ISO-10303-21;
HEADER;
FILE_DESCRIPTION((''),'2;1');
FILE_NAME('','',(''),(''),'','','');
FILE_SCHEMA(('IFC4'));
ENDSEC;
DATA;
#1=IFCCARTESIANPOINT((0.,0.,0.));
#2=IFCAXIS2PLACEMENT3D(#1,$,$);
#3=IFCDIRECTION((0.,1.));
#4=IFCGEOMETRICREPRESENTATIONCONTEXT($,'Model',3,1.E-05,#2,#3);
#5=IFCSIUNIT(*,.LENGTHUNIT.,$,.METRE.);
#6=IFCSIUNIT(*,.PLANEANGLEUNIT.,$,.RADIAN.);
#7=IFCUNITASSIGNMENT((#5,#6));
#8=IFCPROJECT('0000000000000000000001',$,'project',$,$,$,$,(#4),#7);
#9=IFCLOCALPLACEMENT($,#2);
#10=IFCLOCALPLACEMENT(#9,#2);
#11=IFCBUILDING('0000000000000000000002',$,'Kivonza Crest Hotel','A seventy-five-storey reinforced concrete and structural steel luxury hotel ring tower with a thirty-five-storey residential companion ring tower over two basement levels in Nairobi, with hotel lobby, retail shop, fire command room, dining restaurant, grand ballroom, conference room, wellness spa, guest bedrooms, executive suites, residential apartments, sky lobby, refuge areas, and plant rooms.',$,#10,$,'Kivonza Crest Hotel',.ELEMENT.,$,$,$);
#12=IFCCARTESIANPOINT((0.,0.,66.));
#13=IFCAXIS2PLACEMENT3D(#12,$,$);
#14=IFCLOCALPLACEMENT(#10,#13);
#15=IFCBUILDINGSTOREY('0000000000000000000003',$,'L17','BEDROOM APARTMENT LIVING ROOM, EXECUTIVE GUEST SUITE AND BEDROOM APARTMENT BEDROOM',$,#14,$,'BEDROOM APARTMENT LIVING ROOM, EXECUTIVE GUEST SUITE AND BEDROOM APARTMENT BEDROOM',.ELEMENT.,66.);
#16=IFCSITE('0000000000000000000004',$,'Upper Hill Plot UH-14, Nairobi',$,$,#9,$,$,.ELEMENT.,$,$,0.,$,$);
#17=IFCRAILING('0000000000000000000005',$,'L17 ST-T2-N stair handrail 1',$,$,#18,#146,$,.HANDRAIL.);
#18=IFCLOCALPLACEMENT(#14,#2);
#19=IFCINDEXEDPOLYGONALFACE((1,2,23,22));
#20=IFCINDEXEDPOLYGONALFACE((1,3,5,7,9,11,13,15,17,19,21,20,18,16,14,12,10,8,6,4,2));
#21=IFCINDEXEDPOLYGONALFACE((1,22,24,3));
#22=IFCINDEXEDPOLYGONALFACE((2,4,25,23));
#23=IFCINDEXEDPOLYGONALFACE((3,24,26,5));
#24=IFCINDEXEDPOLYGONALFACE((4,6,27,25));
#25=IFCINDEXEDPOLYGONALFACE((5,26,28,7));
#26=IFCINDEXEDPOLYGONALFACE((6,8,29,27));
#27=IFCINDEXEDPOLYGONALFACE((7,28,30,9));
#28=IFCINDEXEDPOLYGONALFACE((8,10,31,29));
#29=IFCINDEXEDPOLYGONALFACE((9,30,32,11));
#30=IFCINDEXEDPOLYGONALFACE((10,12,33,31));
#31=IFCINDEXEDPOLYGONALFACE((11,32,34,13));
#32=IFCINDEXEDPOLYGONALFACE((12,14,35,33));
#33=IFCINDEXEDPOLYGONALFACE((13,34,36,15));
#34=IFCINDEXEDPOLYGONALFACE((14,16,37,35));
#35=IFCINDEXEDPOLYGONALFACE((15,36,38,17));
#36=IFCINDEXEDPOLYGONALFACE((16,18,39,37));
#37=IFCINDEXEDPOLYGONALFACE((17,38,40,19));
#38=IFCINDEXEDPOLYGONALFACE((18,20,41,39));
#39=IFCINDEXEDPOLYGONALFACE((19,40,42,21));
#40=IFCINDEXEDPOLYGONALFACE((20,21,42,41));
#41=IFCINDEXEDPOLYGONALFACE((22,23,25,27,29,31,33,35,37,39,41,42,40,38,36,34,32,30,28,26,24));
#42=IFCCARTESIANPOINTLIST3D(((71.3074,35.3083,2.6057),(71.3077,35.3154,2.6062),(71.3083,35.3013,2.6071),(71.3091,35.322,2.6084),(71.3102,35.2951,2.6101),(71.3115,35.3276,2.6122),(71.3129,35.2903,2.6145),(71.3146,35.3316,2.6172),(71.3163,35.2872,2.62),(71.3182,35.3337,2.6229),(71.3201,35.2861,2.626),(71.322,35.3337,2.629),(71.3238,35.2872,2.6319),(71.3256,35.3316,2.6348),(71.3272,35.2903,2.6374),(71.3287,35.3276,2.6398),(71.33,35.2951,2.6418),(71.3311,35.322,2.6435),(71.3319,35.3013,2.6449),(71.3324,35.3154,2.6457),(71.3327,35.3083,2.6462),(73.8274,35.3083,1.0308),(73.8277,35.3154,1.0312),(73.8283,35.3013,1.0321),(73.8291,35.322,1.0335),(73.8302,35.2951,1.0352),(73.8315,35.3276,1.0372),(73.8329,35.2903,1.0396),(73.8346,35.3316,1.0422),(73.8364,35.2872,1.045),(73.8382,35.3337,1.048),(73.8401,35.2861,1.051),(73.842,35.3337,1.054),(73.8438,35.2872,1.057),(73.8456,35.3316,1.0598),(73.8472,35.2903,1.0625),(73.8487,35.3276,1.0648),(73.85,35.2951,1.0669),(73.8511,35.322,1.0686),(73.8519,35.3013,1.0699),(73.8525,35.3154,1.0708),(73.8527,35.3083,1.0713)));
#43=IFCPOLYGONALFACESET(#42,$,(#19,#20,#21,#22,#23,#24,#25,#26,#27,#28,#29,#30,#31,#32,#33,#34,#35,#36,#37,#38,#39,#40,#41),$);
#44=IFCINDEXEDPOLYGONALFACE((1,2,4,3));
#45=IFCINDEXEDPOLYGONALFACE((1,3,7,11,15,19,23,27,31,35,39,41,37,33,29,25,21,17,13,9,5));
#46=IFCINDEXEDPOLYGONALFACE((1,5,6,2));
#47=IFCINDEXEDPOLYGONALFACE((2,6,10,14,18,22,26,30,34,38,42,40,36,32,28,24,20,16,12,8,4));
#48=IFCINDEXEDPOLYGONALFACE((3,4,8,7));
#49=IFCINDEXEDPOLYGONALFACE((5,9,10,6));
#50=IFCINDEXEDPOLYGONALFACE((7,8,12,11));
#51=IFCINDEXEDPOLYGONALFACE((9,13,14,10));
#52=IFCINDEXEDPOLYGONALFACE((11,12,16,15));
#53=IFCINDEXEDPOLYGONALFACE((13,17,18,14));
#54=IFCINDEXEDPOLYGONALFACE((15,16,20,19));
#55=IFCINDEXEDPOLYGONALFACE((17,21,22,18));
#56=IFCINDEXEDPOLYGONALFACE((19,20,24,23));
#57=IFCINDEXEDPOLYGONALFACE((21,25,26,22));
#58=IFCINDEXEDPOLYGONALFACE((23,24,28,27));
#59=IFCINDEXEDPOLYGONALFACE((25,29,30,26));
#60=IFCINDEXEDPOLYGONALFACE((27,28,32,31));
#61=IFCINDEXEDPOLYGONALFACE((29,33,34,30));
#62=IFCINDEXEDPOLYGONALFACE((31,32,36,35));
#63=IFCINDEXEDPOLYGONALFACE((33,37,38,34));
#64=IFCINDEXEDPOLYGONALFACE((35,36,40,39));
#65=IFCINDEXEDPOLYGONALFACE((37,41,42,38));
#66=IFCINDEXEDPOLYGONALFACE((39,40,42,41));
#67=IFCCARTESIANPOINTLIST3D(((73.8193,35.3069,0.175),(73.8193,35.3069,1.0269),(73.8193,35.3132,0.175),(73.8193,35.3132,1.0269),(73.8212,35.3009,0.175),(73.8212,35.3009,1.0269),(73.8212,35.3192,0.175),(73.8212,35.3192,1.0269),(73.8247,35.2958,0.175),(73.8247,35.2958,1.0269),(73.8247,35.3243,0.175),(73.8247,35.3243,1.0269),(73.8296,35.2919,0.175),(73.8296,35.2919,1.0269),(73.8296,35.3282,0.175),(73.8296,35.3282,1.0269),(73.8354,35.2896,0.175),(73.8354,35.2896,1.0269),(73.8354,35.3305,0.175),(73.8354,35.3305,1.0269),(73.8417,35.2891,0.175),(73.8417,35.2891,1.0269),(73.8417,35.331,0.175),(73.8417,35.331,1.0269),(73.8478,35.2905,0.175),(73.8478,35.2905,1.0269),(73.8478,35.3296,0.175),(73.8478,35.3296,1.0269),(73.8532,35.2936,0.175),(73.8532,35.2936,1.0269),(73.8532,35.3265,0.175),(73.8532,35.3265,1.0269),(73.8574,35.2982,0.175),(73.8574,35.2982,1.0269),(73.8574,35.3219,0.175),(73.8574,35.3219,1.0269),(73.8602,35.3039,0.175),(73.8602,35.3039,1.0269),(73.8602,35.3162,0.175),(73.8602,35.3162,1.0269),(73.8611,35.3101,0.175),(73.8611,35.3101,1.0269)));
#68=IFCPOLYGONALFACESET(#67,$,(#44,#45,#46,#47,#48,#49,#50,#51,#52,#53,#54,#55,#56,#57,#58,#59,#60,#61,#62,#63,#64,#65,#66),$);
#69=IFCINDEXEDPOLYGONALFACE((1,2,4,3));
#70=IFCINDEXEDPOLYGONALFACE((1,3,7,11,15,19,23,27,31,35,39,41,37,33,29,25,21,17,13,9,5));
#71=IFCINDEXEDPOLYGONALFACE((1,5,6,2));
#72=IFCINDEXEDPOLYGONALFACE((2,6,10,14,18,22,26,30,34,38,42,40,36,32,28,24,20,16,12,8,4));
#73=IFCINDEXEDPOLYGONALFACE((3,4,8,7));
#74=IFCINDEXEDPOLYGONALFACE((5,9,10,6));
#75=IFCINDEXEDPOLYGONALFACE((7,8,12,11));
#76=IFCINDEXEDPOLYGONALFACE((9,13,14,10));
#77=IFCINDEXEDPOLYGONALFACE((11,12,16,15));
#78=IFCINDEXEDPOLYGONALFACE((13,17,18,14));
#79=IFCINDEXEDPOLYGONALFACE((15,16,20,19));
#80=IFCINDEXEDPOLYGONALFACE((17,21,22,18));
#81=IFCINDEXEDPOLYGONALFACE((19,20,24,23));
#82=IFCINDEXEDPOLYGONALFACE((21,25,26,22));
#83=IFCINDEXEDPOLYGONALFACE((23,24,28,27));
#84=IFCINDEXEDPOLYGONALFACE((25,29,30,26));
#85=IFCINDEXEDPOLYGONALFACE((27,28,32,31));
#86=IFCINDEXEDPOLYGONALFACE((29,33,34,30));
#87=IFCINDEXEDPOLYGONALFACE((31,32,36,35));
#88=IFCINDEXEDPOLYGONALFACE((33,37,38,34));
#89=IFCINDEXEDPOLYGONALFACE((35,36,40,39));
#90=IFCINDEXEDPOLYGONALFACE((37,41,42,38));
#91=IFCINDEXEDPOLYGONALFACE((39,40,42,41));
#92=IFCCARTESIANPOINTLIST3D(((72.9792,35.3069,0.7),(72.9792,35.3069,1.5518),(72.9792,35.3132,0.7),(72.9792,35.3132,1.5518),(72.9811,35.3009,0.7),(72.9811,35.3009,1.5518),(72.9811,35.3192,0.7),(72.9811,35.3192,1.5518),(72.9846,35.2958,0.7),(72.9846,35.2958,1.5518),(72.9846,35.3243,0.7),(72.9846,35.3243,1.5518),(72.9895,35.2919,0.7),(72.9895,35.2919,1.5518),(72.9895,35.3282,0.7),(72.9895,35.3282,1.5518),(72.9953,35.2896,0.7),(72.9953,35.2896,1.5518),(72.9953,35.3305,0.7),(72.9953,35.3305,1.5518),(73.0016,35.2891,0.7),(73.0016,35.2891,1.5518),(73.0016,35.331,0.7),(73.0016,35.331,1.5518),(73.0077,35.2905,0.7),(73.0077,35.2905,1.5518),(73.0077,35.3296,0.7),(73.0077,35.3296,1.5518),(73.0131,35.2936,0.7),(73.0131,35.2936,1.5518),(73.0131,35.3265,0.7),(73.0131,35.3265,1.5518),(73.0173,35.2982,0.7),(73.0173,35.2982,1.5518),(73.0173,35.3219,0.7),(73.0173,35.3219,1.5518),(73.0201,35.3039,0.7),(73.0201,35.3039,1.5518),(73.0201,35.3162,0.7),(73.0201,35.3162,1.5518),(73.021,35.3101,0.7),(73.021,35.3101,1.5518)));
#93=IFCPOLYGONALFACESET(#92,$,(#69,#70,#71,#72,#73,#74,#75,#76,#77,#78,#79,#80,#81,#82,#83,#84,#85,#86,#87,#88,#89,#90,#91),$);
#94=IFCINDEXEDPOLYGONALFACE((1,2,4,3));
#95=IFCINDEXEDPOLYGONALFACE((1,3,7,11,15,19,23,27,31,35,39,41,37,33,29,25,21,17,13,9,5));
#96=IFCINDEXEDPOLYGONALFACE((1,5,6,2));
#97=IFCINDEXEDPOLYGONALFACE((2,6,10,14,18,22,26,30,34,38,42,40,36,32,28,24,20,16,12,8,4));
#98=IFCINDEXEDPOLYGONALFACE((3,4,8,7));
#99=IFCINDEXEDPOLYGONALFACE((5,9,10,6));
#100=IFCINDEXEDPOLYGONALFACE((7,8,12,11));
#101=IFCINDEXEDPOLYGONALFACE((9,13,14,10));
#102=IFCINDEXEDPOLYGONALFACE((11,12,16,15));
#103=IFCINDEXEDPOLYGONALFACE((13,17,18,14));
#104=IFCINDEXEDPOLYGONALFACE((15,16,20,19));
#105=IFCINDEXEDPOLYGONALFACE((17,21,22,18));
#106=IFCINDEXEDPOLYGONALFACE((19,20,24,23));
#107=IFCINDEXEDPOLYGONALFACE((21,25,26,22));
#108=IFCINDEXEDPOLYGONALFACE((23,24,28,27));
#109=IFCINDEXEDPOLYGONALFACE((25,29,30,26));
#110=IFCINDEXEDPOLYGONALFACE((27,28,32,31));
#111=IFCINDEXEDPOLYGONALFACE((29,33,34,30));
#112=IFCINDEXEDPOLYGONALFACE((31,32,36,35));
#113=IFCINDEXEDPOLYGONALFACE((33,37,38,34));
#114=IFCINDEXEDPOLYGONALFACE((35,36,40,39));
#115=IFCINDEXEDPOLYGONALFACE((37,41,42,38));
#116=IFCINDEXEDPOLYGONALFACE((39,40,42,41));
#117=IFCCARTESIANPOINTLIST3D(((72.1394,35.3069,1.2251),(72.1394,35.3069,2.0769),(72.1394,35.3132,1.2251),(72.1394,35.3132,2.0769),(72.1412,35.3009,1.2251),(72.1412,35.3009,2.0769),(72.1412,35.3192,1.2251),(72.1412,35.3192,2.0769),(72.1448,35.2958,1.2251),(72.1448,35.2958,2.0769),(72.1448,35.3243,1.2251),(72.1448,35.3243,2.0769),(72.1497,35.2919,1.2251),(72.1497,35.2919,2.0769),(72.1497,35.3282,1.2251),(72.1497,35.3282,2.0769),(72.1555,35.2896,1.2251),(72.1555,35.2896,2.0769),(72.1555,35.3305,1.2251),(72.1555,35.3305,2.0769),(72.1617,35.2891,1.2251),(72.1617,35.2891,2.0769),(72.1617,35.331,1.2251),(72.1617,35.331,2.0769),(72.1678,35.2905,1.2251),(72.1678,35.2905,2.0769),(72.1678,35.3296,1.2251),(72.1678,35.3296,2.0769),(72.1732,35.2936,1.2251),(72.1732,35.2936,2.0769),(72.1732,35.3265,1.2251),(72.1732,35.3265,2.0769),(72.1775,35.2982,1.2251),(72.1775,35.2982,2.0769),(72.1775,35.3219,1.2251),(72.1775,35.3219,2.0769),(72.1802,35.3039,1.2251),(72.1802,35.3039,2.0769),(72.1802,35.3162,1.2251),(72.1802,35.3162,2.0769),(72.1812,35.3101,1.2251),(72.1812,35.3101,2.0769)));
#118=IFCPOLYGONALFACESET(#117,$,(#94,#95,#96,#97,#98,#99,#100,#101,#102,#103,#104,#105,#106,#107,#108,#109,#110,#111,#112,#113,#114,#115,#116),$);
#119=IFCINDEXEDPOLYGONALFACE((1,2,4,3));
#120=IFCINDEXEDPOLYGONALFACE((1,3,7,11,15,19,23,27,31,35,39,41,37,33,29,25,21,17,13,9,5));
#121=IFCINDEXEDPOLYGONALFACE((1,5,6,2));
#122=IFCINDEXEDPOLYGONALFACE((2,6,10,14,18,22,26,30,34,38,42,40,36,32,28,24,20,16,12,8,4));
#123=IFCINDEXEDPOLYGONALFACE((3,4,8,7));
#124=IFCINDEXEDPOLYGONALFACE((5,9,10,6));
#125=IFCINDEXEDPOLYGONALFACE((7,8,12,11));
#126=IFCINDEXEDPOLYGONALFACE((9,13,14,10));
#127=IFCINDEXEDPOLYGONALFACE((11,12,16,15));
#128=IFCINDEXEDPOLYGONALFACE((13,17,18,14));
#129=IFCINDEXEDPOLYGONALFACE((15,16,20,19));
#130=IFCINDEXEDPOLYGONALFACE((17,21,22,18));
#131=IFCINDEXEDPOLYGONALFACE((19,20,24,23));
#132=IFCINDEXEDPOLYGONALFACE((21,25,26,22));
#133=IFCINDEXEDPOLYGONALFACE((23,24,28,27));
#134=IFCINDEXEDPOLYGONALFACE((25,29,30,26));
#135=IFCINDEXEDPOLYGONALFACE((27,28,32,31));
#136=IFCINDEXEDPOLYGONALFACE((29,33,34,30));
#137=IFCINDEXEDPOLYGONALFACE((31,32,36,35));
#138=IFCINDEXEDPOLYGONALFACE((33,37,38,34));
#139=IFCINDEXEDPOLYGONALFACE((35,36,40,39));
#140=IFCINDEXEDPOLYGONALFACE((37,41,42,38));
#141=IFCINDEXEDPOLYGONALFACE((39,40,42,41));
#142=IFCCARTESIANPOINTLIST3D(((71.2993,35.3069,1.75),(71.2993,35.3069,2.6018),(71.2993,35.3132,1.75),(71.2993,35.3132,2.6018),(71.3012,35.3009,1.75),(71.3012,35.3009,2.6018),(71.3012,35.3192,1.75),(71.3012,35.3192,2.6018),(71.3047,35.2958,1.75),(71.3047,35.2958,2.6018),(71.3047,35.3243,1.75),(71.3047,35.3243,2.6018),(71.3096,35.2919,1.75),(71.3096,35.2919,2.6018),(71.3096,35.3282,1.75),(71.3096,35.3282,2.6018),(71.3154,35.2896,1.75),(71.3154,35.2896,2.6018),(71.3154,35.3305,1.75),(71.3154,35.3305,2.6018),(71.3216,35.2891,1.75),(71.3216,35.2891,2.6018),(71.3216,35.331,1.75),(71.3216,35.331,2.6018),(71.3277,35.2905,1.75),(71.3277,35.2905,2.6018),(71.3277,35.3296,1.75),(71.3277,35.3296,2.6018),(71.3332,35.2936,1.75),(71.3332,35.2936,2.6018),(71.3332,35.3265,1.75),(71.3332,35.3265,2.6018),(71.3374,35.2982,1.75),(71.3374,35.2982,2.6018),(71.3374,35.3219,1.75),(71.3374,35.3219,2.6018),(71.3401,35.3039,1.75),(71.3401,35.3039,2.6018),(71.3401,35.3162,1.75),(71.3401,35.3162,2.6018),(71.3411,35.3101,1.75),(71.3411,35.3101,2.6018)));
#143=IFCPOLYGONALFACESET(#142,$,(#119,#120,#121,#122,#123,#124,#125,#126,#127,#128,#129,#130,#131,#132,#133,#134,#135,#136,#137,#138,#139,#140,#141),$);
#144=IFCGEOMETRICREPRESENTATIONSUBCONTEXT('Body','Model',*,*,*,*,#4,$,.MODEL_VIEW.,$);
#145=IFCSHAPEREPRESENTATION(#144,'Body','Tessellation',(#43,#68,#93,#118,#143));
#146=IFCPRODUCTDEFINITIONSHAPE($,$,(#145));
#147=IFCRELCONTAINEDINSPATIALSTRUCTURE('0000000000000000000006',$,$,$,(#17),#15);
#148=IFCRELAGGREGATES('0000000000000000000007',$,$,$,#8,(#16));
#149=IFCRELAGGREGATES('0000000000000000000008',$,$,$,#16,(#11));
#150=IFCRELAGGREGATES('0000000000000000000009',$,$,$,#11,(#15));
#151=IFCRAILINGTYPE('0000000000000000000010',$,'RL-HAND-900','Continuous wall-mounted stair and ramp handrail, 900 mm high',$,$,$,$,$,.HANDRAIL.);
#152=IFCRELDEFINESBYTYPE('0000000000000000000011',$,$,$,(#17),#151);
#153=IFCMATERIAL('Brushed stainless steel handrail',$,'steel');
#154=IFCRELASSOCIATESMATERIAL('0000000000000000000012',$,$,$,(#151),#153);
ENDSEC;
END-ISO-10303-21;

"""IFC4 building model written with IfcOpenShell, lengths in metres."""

from ifc_helpers import new_model, si_unit, direction, frame, origin, origin_2d, place, context, subcontext, project, spatial, circle, extrude, material, type_object, element, save


model = new_model("IFC4")

# Units and contexts
model_context = context("Model", 3, precision=1e-05, world=origin(), true_north=direction((0.0, 1.0)))
body_context = subcontext(model_context, "Body", "Model", "MODEL_VIEW")
ifc_project = project(units=[si_unit("LENGTHUNIT", "METRE"), si_unit("PLANEANGLEUNIT", "RADIAN")], contexts=[model_context])

# Site, building, storey
site_placement = place(None, origin())
site = spatial("IfcSite", under=ifc_project, at=site_placement, Name="Upper Hill Plot UH-14, Nairobi", CompositionType="ELEMENT", RefElevation=0.0)
building_placement = place(site_placement, origin())
building = spatial("IfcBuilding", under=site, at=building_placement, Name="Kivonza Crest Hotel", Description="A seventy-five-storey reinforced concrete and structural steel luxury hotel ring tower with a thirty-five-storey residential companion ring tower over two basement levels in Nairobi, with hotel lobby, retail shop, fire command room, dining restaurant, grand ballroom, conference room, wellness spa, guest bedrooms, executive suites, residential apartments, sky lobby, refuge areas, and plant rooms.", LongName="Kivonza Crest Hotel", CompositionType="ELEMENT")
storey_placement = place(building_placement, frame((0.0, 0.0, 66.0)))
storey = spatial("IfcBuildingStorey", under=building, at=storey_placement, Name="L17", Description="BEDROOM APARTMENT LIVING ROOM, EXECUTIVE GUEST SUITE AND BEDROOM APARTMENT BEDROOM", LongName="BEDROOM APARTMENT LIVING ROOM, EXECUTIVE GUEST SUITE AND BEDROOM APARTMENT BEDROOM", CompositionType="ELEMENT", Elevation=66.0)

# Railing
ifc_material_1 = material(Name="Brushed stainless steel handrail", Category="steel")
railing_type = type_object("IfcRailingType", Name="RL-HAND-900", Description="Continuous wall-mounted stair and ramp handrail, 900 mm high", PredefinedType="HANDRAIL", material=ifc_material_1)
railing_placement = place(storey_placement, frame((73.8401, 35.3101, 0.175)))
element("IfcRailing", 1, at=railing_placement, inside=storey, type_object=railing_type, Name="L17 ST-T2-N stair handrail 1", PredefinedType="HANDRAIL", context=body_context, shape_type="SweptSolid", body=[
    extrude(circle(Radius=0.0239, at=origin_2d()), frame((0.0, 0.0, 0.876), z_axis=(-0.848008, 0.0, 0.529984), x_axis=(0.0, -1.0, 0.0)), (0.0, 0.0, 1.0), 2.9717),
    extrude(circle(Radius=0.021, at=origin_2d()), origin(), (0.0, 0.0, 1.0), 0.8518),
    extrude(circle(Radius=0.021, at=origin_2d()), frame((-0.8401, 0.0, 0.5249)), (0.0, 0.0, 1.0), 0.8518),
    extrude(circle(Radius=0.021, at=origin_2d()), frame((-1.6799, 0.0, 1.05)), (0.0, 0.0, 1.0), 0.8518),
    extrude(circle(Radius=0.021, at=origin_2d()), frame((-2.52, 0.0, 1.575)), (0.0, 0.0, 1.0), 0.8518),
])

save(model, "model.ifc")
